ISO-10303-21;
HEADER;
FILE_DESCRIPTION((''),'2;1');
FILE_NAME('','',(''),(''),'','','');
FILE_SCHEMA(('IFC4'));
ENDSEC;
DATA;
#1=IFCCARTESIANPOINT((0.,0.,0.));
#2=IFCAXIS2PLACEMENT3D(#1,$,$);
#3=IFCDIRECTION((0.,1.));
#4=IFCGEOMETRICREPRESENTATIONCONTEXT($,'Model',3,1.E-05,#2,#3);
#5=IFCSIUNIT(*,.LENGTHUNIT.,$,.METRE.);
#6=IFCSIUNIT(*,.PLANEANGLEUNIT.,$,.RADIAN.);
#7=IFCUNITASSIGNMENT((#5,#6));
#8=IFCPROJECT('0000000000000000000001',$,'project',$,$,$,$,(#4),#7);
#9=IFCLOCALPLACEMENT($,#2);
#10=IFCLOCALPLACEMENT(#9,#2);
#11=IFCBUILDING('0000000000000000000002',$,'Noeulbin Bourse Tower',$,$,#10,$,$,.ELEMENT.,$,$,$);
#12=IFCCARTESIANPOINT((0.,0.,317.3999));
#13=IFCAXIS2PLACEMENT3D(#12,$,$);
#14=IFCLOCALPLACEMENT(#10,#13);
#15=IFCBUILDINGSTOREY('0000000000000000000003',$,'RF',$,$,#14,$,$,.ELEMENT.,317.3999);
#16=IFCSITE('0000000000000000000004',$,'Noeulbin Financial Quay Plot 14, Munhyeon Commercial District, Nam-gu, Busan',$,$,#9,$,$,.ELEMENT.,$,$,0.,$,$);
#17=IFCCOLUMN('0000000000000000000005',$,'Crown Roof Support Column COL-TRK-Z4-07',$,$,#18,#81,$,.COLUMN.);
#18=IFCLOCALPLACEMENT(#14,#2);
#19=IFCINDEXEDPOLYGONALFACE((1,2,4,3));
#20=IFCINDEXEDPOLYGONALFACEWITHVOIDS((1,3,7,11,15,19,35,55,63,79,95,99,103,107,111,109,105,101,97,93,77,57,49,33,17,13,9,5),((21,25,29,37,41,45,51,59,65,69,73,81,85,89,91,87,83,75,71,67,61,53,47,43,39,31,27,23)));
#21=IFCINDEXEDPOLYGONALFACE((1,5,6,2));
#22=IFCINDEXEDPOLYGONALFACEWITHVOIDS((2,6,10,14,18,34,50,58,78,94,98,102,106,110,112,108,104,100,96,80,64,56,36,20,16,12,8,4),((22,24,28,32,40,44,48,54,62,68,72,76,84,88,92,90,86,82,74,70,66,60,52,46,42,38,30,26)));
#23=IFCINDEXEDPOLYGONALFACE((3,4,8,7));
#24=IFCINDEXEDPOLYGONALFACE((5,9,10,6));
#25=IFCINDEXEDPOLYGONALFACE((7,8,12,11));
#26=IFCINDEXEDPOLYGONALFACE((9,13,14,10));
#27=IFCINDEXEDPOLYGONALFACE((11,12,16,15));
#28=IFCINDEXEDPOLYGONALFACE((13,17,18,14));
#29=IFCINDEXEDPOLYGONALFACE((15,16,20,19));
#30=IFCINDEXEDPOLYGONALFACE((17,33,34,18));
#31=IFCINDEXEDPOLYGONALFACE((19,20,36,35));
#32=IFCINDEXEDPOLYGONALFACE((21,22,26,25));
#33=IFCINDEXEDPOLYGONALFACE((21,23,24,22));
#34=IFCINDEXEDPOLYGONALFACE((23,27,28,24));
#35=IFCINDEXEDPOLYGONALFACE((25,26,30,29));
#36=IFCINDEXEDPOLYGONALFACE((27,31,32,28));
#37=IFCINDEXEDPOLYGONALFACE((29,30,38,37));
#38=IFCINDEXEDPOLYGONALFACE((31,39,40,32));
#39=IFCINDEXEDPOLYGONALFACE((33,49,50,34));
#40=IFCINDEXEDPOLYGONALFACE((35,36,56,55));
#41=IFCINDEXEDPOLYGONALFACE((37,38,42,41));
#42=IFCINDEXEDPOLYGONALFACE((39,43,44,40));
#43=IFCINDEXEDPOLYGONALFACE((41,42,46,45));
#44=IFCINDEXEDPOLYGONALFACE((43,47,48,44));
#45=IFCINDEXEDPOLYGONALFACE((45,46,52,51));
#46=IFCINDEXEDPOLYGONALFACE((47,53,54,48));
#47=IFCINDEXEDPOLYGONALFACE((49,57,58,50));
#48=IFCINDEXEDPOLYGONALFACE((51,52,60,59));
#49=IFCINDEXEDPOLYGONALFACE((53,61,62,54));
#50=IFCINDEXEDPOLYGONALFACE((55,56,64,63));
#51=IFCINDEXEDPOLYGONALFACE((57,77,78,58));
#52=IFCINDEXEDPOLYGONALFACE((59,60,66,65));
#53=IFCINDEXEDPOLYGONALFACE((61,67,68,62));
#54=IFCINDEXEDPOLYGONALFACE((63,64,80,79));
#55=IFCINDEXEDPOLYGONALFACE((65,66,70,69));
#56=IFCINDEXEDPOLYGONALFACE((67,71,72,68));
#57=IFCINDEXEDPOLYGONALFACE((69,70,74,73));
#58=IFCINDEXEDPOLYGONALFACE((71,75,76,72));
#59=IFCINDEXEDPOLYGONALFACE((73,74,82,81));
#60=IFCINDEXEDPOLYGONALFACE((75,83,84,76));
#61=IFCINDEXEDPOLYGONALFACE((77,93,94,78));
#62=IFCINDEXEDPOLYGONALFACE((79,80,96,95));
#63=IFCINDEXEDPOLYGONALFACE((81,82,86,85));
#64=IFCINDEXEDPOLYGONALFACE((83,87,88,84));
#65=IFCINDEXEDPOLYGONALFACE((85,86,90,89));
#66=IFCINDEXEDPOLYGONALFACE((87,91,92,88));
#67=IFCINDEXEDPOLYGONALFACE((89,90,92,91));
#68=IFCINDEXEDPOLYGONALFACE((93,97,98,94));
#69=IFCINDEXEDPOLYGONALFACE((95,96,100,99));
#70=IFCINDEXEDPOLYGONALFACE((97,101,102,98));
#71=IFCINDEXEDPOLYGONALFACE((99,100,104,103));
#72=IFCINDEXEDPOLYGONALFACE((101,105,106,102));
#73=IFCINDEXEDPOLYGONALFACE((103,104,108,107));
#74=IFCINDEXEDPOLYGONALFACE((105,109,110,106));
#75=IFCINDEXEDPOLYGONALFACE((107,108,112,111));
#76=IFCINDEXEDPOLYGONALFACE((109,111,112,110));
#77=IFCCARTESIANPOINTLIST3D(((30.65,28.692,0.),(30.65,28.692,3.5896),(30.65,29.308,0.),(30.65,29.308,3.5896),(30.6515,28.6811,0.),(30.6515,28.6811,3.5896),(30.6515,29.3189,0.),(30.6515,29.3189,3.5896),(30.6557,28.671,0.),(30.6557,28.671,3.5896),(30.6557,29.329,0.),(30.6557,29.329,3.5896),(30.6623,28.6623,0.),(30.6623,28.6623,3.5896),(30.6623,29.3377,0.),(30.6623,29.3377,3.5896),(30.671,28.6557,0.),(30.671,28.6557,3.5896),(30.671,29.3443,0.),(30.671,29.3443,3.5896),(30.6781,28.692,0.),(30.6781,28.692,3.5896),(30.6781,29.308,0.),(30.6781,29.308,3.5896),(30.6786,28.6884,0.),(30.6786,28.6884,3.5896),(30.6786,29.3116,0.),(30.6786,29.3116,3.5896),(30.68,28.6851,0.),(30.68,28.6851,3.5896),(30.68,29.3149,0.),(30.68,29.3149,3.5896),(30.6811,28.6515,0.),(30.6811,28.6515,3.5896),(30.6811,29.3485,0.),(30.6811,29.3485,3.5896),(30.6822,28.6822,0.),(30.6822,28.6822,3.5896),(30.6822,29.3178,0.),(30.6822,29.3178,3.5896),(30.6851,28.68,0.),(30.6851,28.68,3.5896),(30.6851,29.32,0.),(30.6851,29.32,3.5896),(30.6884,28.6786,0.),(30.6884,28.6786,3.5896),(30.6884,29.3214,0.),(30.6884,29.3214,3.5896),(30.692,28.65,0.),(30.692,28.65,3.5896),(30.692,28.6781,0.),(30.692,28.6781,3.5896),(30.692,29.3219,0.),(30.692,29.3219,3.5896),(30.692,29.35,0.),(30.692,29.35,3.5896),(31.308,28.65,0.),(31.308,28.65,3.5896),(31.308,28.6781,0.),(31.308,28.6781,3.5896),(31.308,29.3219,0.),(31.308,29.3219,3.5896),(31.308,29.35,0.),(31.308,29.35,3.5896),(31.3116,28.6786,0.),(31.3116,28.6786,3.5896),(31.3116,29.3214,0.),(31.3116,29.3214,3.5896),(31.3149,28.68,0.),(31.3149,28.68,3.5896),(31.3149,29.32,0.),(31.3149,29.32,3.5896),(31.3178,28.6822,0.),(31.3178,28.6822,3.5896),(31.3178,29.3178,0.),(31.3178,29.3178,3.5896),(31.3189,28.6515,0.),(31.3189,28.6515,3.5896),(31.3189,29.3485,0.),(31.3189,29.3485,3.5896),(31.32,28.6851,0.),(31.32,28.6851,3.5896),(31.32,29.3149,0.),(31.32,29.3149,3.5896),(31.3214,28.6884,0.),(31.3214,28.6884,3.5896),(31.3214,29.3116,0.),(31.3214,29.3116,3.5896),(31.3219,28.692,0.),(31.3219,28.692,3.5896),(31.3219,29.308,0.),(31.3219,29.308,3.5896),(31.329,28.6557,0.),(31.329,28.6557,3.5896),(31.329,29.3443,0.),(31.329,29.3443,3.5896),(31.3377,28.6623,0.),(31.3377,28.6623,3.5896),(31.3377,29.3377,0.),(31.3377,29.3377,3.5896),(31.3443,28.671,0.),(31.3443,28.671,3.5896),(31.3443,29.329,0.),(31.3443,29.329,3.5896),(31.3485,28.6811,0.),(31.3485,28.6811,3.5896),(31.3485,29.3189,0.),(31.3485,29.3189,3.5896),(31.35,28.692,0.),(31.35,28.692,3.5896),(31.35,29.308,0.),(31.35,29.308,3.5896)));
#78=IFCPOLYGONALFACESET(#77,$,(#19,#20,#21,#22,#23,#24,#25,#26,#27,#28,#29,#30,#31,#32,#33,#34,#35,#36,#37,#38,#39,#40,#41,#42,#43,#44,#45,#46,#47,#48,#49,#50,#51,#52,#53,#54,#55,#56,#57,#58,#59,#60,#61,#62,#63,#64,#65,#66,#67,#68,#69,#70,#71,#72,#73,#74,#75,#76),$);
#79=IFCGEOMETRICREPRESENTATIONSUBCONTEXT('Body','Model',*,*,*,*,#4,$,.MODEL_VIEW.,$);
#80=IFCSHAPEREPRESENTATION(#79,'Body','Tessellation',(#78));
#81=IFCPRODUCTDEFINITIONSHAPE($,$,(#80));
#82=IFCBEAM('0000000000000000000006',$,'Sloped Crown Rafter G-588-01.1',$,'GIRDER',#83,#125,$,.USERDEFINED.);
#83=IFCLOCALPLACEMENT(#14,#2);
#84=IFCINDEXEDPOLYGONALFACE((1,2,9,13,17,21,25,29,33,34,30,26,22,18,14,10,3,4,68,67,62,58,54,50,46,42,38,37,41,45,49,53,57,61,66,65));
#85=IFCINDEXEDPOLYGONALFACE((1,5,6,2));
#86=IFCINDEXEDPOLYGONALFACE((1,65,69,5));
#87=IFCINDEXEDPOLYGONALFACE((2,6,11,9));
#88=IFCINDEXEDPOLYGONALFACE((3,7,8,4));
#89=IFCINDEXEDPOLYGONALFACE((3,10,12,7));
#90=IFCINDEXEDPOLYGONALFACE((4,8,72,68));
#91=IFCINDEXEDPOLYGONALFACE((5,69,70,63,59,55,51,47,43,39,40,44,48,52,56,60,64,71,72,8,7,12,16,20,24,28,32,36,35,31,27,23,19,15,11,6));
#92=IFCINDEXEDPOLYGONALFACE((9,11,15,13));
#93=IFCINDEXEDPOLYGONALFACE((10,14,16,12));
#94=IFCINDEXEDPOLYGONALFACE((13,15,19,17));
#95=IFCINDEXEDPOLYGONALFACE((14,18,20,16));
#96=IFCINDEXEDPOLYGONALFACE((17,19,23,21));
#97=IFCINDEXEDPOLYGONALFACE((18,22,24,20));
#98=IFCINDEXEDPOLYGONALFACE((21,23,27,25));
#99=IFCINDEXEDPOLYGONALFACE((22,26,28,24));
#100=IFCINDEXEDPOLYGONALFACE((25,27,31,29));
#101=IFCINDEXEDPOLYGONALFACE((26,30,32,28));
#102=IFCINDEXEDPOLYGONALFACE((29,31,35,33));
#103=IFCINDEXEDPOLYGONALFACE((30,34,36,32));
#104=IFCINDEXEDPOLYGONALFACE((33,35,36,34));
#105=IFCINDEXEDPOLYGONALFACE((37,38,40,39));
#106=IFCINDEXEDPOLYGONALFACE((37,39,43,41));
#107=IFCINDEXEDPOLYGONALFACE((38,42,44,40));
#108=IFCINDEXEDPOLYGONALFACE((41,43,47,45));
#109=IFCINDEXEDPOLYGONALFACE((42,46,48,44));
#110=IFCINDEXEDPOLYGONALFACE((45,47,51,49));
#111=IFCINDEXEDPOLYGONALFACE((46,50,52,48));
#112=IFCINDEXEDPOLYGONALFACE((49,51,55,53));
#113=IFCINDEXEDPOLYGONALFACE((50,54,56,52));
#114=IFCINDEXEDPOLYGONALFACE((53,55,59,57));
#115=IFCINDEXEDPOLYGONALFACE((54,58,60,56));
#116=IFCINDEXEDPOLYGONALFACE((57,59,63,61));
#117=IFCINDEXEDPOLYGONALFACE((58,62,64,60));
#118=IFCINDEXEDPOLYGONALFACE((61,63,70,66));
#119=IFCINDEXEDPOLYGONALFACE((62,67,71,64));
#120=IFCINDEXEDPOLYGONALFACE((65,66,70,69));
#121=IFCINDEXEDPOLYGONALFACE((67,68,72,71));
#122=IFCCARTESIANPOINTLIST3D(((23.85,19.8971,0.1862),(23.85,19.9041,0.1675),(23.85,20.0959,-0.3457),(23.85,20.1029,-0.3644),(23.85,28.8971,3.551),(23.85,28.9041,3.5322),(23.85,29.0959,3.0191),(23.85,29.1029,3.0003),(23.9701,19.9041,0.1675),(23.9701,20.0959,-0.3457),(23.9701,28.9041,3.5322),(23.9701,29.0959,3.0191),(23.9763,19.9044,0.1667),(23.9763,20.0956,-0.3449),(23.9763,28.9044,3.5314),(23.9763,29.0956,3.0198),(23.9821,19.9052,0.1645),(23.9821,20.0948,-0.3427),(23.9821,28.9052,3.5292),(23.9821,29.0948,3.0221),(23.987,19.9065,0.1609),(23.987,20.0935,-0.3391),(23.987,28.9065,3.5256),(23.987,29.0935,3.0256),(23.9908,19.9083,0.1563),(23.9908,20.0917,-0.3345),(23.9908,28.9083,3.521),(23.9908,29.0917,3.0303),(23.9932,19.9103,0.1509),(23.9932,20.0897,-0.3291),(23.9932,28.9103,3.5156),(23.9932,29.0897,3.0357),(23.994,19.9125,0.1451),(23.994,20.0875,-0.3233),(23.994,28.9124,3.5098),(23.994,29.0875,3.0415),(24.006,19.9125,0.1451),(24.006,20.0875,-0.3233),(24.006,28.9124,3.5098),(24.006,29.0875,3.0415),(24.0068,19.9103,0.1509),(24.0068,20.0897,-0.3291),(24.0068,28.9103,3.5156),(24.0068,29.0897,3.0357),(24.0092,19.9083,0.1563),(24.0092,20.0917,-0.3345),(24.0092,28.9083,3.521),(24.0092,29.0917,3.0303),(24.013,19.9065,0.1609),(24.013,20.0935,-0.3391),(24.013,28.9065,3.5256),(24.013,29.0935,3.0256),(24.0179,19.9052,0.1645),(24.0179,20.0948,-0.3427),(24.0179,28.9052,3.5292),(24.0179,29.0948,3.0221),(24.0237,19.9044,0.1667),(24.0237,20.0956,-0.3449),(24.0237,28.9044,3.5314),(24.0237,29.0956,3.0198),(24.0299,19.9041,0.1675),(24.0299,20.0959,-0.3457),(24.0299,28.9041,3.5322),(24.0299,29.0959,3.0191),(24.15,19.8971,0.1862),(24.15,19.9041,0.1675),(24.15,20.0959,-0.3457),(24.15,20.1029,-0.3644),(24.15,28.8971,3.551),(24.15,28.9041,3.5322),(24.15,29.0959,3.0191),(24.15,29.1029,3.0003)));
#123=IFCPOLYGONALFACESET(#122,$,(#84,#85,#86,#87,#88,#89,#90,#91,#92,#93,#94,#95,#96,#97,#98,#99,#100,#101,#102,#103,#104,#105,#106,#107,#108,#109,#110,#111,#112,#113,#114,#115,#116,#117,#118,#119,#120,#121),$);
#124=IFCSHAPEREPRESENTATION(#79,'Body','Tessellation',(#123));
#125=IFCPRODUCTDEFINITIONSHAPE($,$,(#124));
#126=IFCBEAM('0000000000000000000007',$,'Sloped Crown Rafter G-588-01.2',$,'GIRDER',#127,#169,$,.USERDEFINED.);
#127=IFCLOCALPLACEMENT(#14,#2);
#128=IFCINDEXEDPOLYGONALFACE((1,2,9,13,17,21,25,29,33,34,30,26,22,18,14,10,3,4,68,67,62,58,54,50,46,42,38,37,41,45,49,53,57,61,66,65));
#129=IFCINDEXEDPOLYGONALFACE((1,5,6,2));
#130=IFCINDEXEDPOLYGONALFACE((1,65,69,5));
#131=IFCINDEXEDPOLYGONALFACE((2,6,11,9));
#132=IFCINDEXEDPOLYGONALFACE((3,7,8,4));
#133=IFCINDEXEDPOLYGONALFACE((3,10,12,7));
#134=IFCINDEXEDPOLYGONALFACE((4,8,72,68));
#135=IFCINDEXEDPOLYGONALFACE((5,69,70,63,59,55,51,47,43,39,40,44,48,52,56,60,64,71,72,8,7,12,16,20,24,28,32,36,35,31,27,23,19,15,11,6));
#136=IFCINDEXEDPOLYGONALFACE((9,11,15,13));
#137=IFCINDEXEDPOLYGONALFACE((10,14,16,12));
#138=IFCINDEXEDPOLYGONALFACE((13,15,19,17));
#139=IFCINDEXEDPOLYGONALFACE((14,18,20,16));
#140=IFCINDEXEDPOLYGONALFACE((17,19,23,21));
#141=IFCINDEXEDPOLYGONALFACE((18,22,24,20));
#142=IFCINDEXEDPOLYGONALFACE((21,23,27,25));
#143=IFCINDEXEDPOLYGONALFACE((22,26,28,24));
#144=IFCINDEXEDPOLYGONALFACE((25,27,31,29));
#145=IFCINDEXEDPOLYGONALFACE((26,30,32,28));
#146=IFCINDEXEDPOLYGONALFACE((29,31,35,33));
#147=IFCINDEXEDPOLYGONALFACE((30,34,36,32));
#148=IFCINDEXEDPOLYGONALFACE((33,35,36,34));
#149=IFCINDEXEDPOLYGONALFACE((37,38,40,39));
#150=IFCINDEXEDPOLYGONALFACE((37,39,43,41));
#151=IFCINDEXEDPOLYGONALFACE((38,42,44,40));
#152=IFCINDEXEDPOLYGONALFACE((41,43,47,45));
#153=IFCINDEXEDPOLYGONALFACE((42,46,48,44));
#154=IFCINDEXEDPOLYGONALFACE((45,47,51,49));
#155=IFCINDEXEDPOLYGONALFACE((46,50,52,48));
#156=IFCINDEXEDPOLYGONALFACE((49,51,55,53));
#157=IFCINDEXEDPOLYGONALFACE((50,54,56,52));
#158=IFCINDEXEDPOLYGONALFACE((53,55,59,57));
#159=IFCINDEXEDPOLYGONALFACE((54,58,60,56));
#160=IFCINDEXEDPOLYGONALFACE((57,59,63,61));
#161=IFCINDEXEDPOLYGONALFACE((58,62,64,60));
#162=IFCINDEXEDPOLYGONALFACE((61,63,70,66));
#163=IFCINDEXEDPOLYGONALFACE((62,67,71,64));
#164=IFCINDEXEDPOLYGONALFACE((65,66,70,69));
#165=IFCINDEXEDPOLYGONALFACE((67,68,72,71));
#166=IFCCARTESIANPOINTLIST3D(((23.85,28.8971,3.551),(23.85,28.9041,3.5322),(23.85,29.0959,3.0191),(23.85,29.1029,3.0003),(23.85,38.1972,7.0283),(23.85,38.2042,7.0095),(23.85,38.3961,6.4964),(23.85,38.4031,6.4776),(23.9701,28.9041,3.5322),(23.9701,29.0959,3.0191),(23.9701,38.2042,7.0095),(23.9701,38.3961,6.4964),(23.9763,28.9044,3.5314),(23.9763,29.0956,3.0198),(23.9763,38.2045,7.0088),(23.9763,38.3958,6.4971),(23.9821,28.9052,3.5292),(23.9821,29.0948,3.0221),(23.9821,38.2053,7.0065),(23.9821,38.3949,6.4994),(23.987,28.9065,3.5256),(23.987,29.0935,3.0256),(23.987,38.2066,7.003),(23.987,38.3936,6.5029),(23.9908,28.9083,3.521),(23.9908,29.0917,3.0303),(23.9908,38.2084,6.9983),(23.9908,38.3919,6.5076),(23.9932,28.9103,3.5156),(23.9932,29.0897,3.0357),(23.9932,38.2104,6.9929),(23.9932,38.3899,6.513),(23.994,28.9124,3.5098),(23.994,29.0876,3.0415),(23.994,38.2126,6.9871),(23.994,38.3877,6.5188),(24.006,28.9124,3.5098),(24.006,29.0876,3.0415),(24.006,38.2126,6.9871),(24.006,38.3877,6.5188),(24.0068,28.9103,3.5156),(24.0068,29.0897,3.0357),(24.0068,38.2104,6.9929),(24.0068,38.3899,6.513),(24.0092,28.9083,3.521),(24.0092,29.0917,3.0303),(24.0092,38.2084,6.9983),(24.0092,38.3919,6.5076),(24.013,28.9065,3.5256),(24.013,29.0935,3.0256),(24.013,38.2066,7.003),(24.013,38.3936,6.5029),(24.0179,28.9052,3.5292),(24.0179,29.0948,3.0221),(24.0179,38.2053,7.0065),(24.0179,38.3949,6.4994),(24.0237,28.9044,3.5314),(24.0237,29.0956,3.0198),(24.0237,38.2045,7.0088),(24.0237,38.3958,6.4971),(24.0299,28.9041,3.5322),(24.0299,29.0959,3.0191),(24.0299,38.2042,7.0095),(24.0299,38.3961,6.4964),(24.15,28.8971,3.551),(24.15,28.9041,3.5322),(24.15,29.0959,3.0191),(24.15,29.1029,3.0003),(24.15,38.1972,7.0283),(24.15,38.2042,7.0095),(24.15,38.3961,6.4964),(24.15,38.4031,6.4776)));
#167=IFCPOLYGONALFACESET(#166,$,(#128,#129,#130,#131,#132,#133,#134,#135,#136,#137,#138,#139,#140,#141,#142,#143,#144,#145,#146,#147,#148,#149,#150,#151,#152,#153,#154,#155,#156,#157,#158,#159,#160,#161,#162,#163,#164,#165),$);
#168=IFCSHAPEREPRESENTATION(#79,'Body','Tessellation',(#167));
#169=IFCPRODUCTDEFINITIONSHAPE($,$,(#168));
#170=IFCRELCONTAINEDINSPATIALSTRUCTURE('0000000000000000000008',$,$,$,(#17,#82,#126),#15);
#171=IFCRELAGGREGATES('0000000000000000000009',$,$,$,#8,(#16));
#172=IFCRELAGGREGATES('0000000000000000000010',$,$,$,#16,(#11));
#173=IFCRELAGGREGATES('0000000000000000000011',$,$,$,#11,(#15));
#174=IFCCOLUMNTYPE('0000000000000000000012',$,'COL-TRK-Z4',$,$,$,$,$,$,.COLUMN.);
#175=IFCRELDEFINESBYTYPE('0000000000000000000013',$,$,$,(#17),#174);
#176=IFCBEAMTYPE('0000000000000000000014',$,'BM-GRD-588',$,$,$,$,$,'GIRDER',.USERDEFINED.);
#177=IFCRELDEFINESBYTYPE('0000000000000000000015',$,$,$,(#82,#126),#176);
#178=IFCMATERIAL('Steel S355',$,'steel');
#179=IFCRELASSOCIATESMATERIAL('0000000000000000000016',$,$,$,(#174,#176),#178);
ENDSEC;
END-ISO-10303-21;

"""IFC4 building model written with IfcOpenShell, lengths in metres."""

from ifc_helpers import new_model, si_unit, direction, frame, origin, origin_2d, place, context, subcontext, project, spatial, hollow_rectangle, i_section, extrude, material, material_profile, profile_set, type_object, element, save


model = new_model("IFC4")

# Units and contexts
model_context = context("Model", 3, precision=1e-05, world=origin(), true_north=direction((0.0, 1.0)))
body_context = subcontext(model_context, "Body", "Model", "MODEL_VIEW")
ifc_project = project(units=[si_unit("LENGTHUNIT", "METRE"), si_unit("PLANEANGLEUNIT", "RADIAN")], contexts=[model_context])

# Site, building, storey
site_placement = place(None, origin())
site = spatial("IfcSite", under=ifc_project, at=site_placement, Name="Noeulbin Financial Quay Plot 14, Munhyeon Commercial District, Nam-gu, Busan", CompositionType="ELEMENT", RefElevation=0.0)
building_placement = place(site_placement, origin())
building = spatial("IfcBuilding", under=site, at=building_placement, Name="Noeulbin Bourse Tower", CompositionType="ELEMENT")
storey_placement = place(building_placement, frame((0.0, 0.0, 317.3999)))
storey = spatial("IfcBuildingStorey", under=building, at=storey_placement, Name="RF", CompositionType="ELEMENT", Elevation=317.3999)

# Column
ifc_material_1 = material(Name="Steel S355", Category="steel")
ifc_material_profile_1 = material_profile(ifc_material_1, hollow_rectangle(XDim=0.7, YDim=0.7, WallThickness=0.0281, InnerFilletRadius=0.0139, OuterFilletRadius=0.042, at=origin_2d()), Name="BOX-700x700x28", Category="LoadBearing")
ifc_profile_set_1 = profile_set([ifc_material_profile_1], Name="Steel S355")
column_type = type_object("IfcColumnType", Name="COL-TRK-Z4", PredefinedType="COLUMN", material=ifc_profile_set_1)
for number, where, z_axis, x_axis, name in (
    (1, (31.0, 29.0, 0.0), (0.0, 0.0, 1.0), (1.0, 0.0, 0.0), "Crown Roof Support Column COL-TRK-Z4-07"),
):
    element("IfcColumn", number, at=place(storey_placement, frame(where, z_axis=z_axis, x_axis=x_axis)), inside=storey, type_object=column_type, Name=name, PredefinedType="COLUMN", context=body_context, shape_type="SweptSolid", body=[
        extrude(hollow_rectangle(XDim=0.7, YDim=0.7, WallThickness=0.0281, InnerFilletRadius=0.0139, OuterFilletRadius=0.042, at=origin_2d()), origin(), (0.0, 0.0, 1.0), 3.5896),
    ])

# Beams
ifc_material_profile_2 = material_profile(ifc_material_1, i_section(OverallWidth=0.3, OverallDepth=0.5879, WebThickness=0.012, FlangeThickness=0.02, FilletRadius=0.0239, at=origin_2d()), Name="H-588x300x12x20", Category="LoadBearing")
ifc_profile_set_2 = profile_set([ifc_material_profile_2], Name="Steel S355")
beam_type = type_object("IfcBeamType", Name="BM-GRD-588", ElementType="GIRDER", PredefinedType="USERDEFINED", material=ifc_profile_set_2)
beam_1_placement = place(storey_placement, frame((24.0, 20.0, -0.0891), z_axis=(0.0, 0.93668, 0.350188), x_axis=(-1.0, 0.0, 0.0)))
element("IfcBeam", 2, at=beam_1_placement, inside=storey, type_object=beam_type, Name="Sloped Crown Rafter G-588-01.1", ObjectType="GIRDER", PredefinedType="USERDEFINED", context=body_context, shape_type="SweptSolid", body=[
    extrude(i_section(OverallWidth=0.3, OverallDepth=0.5879, WebThickness=0.012, FlangeThickness=0.02, FilletRadius=0.0239, at=origin_2d()), origin(), (0.0, 0.0, 1.0), 9.6084),
])
beam_2_placement = place(storey_placement, frame((24.0, 29.0, 3.2756), z_axis=(0.0, 0.936667, 0.350221), x_axis=(-1.0, 0.0, 0.0)))
element("IfcBeam", 3, at=beam_2_placement, inside=storey, type_object=beam_type, Name="Sloped Crown Rafter G-588-01.2", ObjectType="GIRDER", PredefinedType="USERDEFINED", context=body_context, shape_type="SweptSolid", body=[
    extrude(i_section(OverallWidth=0.3, OverallDepth=0.5879, WebThickness=0.012, FlangeThickness=0.02, FilletRadius=0.0239, at=origin_2d()), origin(), (0.0, 0.0, 1.0), 9.929),
])

save(model, "model.ifc")
